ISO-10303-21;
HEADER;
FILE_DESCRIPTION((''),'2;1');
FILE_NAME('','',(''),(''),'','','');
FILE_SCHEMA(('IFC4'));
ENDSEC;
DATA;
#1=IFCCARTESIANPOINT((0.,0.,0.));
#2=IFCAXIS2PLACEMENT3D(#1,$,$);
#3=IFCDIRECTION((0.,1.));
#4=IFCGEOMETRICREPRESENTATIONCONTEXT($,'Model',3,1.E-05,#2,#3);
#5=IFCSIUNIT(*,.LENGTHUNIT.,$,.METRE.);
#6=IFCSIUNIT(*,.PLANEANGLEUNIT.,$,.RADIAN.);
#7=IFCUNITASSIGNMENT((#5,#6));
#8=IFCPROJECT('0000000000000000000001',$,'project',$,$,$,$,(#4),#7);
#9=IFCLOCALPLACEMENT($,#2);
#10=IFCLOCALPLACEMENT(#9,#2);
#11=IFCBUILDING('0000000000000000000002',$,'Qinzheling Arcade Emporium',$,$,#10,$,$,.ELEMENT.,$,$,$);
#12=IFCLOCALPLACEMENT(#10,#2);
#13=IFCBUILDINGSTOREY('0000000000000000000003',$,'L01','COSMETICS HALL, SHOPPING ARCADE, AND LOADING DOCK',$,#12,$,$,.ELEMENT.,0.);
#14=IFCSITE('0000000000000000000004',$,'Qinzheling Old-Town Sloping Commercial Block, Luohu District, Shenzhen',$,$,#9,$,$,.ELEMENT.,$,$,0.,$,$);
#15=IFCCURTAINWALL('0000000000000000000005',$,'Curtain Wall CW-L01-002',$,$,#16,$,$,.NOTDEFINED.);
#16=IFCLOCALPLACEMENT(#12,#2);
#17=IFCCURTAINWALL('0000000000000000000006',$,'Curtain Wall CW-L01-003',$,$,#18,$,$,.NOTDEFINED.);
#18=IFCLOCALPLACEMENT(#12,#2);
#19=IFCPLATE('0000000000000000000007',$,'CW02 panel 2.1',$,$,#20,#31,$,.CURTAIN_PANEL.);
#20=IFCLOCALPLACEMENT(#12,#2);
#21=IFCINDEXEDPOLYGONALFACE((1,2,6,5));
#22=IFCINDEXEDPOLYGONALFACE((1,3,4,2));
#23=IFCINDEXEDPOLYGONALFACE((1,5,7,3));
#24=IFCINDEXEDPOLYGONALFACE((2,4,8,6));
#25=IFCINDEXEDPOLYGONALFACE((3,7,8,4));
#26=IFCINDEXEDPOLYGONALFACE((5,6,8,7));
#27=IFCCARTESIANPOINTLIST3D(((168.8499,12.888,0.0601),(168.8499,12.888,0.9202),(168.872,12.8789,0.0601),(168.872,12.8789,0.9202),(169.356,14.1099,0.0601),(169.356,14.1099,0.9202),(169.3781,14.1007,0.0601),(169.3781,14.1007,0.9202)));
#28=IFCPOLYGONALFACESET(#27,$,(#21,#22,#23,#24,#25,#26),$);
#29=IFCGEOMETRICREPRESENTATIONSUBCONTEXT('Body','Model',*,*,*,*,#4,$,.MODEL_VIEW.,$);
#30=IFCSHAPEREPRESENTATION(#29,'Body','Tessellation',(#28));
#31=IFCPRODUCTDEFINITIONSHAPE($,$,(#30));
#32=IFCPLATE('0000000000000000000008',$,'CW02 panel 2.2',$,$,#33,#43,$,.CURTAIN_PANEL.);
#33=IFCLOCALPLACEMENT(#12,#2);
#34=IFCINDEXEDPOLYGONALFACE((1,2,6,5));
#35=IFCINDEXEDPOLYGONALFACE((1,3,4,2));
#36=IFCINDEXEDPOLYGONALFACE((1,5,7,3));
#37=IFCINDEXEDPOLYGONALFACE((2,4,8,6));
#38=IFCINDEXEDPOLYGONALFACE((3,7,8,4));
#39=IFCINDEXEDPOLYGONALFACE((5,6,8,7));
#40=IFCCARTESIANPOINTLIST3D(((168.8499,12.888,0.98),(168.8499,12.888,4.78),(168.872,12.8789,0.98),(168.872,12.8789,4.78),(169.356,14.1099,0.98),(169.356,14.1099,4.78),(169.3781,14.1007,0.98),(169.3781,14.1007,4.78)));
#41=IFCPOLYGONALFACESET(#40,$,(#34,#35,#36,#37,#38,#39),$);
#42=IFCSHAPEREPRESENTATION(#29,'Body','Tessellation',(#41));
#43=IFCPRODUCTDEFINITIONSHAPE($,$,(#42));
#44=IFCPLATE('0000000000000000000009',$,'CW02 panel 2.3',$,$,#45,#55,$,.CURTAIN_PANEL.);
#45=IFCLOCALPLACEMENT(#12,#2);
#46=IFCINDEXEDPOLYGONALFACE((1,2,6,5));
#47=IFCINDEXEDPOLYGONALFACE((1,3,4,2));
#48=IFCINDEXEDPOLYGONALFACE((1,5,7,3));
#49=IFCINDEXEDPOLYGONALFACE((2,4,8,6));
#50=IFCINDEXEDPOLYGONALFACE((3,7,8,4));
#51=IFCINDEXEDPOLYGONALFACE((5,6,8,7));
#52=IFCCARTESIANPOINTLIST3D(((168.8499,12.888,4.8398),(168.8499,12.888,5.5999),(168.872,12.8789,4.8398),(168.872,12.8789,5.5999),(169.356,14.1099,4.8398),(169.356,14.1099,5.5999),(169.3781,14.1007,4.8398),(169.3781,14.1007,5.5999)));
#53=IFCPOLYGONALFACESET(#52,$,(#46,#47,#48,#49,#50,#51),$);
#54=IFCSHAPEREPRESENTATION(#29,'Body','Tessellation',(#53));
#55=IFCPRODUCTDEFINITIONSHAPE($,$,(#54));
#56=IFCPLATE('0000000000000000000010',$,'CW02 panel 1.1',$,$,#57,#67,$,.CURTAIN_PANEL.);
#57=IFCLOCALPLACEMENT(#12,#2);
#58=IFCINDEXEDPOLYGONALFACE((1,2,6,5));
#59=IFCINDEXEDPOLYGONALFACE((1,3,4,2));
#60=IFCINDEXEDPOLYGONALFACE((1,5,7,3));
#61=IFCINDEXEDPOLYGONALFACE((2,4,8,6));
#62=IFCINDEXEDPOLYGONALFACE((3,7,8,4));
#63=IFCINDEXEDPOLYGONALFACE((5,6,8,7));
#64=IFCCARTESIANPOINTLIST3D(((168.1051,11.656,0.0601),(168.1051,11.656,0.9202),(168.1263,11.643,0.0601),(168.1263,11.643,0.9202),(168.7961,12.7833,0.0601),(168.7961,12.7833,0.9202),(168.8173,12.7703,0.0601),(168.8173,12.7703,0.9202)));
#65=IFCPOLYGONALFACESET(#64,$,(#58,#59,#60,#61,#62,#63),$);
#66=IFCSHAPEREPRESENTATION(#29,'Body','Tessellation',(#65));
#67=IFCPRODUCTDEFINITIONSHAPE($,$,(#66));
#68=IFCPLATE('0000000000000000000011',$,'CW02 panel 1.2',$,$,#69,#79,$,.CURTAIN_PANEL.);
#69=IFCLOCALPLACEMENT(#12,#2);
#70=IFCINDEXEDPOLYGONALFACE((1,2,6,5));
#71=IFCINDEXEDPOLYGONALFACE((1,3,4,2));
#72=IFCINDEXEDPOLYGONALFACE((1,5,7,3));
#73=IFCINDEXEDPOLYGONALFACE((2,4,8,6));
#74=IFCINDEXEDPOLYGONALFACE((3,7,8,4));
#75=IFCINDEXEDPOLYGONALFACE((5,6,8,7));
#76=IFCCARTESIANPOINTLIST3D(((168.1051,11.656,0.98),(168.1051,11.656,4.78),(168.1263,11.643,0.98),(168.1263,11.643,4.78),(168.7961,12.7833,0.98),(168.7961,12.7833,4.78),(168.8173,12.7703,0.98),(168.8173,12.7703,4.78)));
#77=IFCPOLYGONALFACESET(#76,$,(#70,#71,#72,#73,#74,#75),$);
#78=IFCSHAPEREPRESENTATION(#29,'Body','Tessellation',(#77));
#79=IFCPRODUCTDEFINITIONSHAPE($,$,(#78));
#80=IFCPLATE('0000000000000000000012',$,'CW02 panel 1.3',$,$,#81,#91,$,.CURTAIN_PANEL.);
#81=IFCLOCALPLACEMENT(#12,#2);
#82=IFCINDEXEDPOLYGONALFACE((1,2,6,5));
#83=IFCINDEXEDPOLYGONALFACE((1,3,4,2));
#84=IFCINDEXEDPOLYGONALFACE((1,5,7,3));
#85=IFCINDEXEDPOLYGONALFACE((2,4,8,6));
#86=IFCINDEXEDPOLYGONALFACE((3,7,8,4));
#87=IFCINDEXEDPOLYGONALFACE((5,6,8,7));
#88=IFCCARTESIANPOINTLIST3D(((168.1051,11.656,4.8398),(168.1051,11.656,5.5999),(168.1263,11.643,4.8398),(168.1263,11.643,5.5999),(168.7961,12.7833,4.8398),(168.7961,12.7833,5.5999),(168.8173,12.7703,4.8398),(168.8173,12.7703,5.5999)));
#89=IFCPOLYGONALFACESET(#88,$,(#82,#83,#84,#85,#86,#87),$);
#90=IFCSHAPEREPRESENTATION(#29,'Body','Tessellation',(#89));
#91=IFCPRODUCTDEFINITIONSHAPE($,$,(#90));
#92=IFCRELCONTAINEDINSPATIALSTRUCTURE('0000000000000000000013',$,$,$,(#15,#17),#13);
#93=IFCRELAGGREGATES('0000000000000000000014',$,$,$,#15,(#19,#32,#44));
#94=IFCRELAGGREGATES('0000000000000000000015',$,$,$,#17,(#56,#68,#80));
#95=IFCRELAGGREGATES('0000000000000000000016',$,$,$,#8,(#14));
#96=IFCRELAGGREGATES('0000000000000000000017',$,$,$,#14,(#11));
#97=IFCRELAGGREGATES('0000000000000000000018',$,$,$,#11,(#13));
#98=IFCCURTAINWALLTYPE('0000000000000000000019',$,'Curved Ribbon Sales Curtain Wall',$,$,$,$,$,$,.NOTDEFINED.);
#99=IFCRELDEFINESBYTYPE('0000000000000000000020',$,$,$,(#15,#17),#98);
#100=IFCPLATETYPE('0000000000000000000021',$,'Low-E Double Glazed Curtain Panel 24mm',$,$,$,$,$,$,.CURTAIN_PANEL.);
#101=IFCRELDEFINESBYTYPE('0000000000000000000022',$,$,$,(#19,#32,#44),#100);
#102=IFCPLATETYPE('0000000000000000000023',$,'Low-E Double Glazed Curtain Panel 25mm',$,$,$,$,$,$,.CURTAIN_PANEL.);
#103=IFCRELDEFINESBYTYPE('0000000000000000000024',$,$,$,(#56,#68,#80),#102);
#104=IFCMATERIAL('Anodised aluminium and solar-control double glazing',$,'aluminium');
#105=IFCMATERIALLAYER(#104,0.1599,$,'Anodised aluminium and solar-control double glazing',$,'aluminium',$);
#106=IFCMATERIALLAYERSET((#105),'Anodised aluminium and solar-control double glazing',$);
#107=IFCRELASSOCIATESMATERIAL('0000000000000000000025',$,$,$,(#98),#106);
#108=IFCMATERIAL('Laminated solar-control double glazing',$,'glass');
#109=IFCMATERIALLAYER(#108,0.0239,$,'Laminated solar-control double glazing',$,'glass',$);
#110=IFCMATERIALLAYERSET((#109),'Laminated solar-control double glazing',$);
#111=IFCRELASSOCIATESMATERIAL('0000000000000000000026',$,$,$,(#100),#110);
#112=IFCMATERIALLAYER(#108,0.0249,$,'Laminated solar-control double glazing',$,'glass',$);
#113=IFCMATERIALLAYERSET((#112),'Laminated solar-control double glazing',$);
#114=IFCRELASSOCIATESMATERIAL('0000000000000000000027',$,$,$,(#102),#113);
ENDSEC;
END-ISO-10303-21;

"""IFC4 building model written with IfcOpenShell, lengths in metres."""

from ifc_helpers import new_model, si_unit, direction, frame, origin, origin_2d, place, context, subcontext, project, spatial, rectangle, extrude, material, layer, layer_set, type_object, element, aggregate, save


model = new_model("IFC4")

# Units and contexts
model_context = context("Model", 3, precision=1e-05, world=origin(), true_north=direction((0.0, 1.0)))
body_context = subcontext(model_context, "Body", "Model", "MODEL_VIEW")
ifc_project = project(units=[si_unit("LENGTHUNIT", "METRE"), si_unit("PLANEANGLEUNIT", "RADIAN")], contexts=[model_context])

# Site, building, storey
site_placement = place(None, origin())
site = spatial("IfcSite", under=ifc_project, at=site_placement, Name="Qinzheling Old-Town Sloping Commercial Block, Luohu District, Shenzhen", CompositionType="ELEMENT", RefElevation=0.0)
building_placement = place(site_placement, origin())
building = spatial("IfcBuilding", under=site, at=building_placement, Name="Qinzheling Arcade Emporium", CompositionType="ELEMENT")
storey_placement = place(building_placement, origin())
storey = spatial("IfcBuildingStorey", under=building, at=storey_placement, Name="L01", Description="COSMETICS HALL, SHOPPING ARCADE, AND LOADING DOCK", CompositionType="ELEMENT", Elevation=0.0)

# Curtain walls
ifc_material_1 = material(Name="Anodised aluminium and solar-control double glazing", Category="aluminium")
ifc_layer_1 = layer(ifc_material_1, 0.1599, Name="Anodised aluminium and solar-control double glazing", Category="aluminium")
ifc_layer_set_1 = layer_set([ifc_layer_1], Name="Anodised aluminium and solar-control double glazing")
curtain_wall_type = type_object("IfcCurtainWallType", Name="Curved Ribbon Sales Curtain Wall", PredefinedType="NOTDEFINED", material=ifc_layer_set_1)
curtain_wall_1_placement = place(storey_placement, origin())
curtain_wall_1 = element("IfcCurtainWall", 1, at=curtain_wall_1_placement, inside=storey, type_object=curtain_wall_type, Name="Curtain Wall CW-L01-002", PredefinedType="NOTDEFINED")
curtain_wall_2_placement = place(storey_placement, origin())
curtain_wall_2 = element("IfcCurtainWall", 2, at=curtain_wall_2_placement, inside=storey, type_object=curtain_wall_type, Name="Curtain Wall CW-L01-003", PredefinedType="NOTDEFINED")

# Plates
ifc_material_2 = material(Name="Laminated solar-control double glazing", Category="glass")
ifc_layer_2 = layer(ifc_material_2, 0.0239, Name="Laminated solar-control double glazing", Category="glass")
ifc_layer_set_2 = layer_set([ifc_layer_2], Name="Laminated solar-control double glazing")
plate_type_1 = type_object("IfcPlateType", Name="Low-E Double Glazed Curtain Panel 24mm", PredefinedType="CURTAIN_PANEL", material=ifc_layer_set_2)
plate_1_placement = place(storey_placement, frame((169.114, 13.4944, 0.0601), z_axis=(0.0, 0.0, 1.0), x_axis=(-0.382654, -0.923892, 0.0)))
plate_1 = element("IfcPlate", 3, at=plate_1_placement, type_object=plate_type_1, Name="CW02 panel 2.1", PredefinedType="CURTAIN_PANEL", context=body_context, shape_type="SweptSolid", body=[
    extrude(rectangle(XDim=1.3225, YDim=0.0239, at=origin_2d()), origin(), (0.0, 0.0, 1.0), 0.8601),
])
plate_2_placement = place(storey_placement, frame((169.114, 13.4944, 0.98), z_axis=(0.0, 0.0, 1.0), x_axis=(-0.382654, -0.923892, 0.0)))
plate_2 = element("IfcPlate", 4, at=plate_2_placement, type_object=plate_type_1, Name="CW02 panel 2.2", PredefinedType="CURTAIN_PANEL", context=body_context, shape_type="SweptSolid", body=[
    extrude(rectangle(XDim=1.3225, YDim=0.0239, at=origin_2d()), origin(), (0.0, 0.0, 1.0), 3.8),
])
plate_3_placement = place(storey_placement, frame((169.114, 13.4944, 4.8398), z_axis=(0.0, 0.0, 1.0), x_axis=(-0.382654, -0.923892, 0.0)))
plate_3 = element("IfcPlate", 5, at=plate_3_placement, type_object=plate_type_1, Name="CW02 panel 2.3", PredefinedType="CURTAIN_PANEL", context=body_context, shape_type="SweptSolid", body=[
    extrude(rectangle(XDim=1.3225, YDim=0.0239, at=origin_2d()), origin(), (0.0, 0.0, 1.0), 0.76),
])
aggregate(curtain_wall_1, [plate_1, plate_2, plate_3])
ifc_layer_3 = layer(ifc_material_2, 0.0249, Name="Laminated solar-control double glazing", Category="glass")
ifc_layer_set_3 = layer_set([ifc_layer_3], Name="Laminated solar-control double glazing")
plate_type_2 = type_object("IfcPlateType", Name="Low-E Double Glazed Curtain Panel 25mm", PredefinedType="CURTAIN_PANEL", material=ifc_layer_set_3)
plate_4_placement = place(storey_placement, frame((168.4612, 12.2131, 0.0601), z_axis=(0.0, 0.0, 1.0), x_axis=(-0.522595, -0.852581, 0.0)))
plate_4 = element("IfcPlate", 6, at=plate_4_placement, type_object=plate_type_2, Name="CW02 panel 1.1", PredefinedType="CURTAIN_PANEL", context=body_context, shape_type="SweptSolid", body=[
    extrude(rectangle(XDim=1.3223, YDim=0.0249, at=origin_2d()), origin(), (0.0, 0.0, 1.0), 0.8601),
])
plate_5_placement = place(storey_placement, frame((168.4612, 12.2131, 0.98), z_axis=(0.0, 0.0, 1.0), x_axis=(-0.522595, -0.852581, 0.0)))
plate_5 = element("IfcPlate", 7, at=plate_5_placement, type_object=plate_type_2, Name="CW02 panel 1.2", PredefinedType="CURTAIN_PANEL", context=body_context, shape_type="SweptSolid", body=[
    extrude(rectangle(XDim=1.3223, YDim=0.0249, at=origin_2d()), origin(), (0.0, 0.0, 1.0), 3.8),
])
plate_6_placement = place(storey_placement, frame((168.4612, 12.2131, 4.8398), z_axis=(0.0, 0.0, 1.0), x_axis=(-0.522595, -0.852581, 0.0)))
plate_6 = element("IfcPlate", 8, at=plate_6_placement, type_object=plate_type_2, Name="CW02 panel 1.3", PredefinedType="CURTAIN_PANEL", context=body_context, shape_type="SweptSolid", body=[
    extrude(rectangle(XDim=1.3223, YDim=0.0249, at=origin_2d()), origin(), (0.0, 0.0, 1.0), 0.76),
])
aggregate(curtain_wall_2, [plate_4, plate_5, plate_6])

save(model, "model.ifc")
